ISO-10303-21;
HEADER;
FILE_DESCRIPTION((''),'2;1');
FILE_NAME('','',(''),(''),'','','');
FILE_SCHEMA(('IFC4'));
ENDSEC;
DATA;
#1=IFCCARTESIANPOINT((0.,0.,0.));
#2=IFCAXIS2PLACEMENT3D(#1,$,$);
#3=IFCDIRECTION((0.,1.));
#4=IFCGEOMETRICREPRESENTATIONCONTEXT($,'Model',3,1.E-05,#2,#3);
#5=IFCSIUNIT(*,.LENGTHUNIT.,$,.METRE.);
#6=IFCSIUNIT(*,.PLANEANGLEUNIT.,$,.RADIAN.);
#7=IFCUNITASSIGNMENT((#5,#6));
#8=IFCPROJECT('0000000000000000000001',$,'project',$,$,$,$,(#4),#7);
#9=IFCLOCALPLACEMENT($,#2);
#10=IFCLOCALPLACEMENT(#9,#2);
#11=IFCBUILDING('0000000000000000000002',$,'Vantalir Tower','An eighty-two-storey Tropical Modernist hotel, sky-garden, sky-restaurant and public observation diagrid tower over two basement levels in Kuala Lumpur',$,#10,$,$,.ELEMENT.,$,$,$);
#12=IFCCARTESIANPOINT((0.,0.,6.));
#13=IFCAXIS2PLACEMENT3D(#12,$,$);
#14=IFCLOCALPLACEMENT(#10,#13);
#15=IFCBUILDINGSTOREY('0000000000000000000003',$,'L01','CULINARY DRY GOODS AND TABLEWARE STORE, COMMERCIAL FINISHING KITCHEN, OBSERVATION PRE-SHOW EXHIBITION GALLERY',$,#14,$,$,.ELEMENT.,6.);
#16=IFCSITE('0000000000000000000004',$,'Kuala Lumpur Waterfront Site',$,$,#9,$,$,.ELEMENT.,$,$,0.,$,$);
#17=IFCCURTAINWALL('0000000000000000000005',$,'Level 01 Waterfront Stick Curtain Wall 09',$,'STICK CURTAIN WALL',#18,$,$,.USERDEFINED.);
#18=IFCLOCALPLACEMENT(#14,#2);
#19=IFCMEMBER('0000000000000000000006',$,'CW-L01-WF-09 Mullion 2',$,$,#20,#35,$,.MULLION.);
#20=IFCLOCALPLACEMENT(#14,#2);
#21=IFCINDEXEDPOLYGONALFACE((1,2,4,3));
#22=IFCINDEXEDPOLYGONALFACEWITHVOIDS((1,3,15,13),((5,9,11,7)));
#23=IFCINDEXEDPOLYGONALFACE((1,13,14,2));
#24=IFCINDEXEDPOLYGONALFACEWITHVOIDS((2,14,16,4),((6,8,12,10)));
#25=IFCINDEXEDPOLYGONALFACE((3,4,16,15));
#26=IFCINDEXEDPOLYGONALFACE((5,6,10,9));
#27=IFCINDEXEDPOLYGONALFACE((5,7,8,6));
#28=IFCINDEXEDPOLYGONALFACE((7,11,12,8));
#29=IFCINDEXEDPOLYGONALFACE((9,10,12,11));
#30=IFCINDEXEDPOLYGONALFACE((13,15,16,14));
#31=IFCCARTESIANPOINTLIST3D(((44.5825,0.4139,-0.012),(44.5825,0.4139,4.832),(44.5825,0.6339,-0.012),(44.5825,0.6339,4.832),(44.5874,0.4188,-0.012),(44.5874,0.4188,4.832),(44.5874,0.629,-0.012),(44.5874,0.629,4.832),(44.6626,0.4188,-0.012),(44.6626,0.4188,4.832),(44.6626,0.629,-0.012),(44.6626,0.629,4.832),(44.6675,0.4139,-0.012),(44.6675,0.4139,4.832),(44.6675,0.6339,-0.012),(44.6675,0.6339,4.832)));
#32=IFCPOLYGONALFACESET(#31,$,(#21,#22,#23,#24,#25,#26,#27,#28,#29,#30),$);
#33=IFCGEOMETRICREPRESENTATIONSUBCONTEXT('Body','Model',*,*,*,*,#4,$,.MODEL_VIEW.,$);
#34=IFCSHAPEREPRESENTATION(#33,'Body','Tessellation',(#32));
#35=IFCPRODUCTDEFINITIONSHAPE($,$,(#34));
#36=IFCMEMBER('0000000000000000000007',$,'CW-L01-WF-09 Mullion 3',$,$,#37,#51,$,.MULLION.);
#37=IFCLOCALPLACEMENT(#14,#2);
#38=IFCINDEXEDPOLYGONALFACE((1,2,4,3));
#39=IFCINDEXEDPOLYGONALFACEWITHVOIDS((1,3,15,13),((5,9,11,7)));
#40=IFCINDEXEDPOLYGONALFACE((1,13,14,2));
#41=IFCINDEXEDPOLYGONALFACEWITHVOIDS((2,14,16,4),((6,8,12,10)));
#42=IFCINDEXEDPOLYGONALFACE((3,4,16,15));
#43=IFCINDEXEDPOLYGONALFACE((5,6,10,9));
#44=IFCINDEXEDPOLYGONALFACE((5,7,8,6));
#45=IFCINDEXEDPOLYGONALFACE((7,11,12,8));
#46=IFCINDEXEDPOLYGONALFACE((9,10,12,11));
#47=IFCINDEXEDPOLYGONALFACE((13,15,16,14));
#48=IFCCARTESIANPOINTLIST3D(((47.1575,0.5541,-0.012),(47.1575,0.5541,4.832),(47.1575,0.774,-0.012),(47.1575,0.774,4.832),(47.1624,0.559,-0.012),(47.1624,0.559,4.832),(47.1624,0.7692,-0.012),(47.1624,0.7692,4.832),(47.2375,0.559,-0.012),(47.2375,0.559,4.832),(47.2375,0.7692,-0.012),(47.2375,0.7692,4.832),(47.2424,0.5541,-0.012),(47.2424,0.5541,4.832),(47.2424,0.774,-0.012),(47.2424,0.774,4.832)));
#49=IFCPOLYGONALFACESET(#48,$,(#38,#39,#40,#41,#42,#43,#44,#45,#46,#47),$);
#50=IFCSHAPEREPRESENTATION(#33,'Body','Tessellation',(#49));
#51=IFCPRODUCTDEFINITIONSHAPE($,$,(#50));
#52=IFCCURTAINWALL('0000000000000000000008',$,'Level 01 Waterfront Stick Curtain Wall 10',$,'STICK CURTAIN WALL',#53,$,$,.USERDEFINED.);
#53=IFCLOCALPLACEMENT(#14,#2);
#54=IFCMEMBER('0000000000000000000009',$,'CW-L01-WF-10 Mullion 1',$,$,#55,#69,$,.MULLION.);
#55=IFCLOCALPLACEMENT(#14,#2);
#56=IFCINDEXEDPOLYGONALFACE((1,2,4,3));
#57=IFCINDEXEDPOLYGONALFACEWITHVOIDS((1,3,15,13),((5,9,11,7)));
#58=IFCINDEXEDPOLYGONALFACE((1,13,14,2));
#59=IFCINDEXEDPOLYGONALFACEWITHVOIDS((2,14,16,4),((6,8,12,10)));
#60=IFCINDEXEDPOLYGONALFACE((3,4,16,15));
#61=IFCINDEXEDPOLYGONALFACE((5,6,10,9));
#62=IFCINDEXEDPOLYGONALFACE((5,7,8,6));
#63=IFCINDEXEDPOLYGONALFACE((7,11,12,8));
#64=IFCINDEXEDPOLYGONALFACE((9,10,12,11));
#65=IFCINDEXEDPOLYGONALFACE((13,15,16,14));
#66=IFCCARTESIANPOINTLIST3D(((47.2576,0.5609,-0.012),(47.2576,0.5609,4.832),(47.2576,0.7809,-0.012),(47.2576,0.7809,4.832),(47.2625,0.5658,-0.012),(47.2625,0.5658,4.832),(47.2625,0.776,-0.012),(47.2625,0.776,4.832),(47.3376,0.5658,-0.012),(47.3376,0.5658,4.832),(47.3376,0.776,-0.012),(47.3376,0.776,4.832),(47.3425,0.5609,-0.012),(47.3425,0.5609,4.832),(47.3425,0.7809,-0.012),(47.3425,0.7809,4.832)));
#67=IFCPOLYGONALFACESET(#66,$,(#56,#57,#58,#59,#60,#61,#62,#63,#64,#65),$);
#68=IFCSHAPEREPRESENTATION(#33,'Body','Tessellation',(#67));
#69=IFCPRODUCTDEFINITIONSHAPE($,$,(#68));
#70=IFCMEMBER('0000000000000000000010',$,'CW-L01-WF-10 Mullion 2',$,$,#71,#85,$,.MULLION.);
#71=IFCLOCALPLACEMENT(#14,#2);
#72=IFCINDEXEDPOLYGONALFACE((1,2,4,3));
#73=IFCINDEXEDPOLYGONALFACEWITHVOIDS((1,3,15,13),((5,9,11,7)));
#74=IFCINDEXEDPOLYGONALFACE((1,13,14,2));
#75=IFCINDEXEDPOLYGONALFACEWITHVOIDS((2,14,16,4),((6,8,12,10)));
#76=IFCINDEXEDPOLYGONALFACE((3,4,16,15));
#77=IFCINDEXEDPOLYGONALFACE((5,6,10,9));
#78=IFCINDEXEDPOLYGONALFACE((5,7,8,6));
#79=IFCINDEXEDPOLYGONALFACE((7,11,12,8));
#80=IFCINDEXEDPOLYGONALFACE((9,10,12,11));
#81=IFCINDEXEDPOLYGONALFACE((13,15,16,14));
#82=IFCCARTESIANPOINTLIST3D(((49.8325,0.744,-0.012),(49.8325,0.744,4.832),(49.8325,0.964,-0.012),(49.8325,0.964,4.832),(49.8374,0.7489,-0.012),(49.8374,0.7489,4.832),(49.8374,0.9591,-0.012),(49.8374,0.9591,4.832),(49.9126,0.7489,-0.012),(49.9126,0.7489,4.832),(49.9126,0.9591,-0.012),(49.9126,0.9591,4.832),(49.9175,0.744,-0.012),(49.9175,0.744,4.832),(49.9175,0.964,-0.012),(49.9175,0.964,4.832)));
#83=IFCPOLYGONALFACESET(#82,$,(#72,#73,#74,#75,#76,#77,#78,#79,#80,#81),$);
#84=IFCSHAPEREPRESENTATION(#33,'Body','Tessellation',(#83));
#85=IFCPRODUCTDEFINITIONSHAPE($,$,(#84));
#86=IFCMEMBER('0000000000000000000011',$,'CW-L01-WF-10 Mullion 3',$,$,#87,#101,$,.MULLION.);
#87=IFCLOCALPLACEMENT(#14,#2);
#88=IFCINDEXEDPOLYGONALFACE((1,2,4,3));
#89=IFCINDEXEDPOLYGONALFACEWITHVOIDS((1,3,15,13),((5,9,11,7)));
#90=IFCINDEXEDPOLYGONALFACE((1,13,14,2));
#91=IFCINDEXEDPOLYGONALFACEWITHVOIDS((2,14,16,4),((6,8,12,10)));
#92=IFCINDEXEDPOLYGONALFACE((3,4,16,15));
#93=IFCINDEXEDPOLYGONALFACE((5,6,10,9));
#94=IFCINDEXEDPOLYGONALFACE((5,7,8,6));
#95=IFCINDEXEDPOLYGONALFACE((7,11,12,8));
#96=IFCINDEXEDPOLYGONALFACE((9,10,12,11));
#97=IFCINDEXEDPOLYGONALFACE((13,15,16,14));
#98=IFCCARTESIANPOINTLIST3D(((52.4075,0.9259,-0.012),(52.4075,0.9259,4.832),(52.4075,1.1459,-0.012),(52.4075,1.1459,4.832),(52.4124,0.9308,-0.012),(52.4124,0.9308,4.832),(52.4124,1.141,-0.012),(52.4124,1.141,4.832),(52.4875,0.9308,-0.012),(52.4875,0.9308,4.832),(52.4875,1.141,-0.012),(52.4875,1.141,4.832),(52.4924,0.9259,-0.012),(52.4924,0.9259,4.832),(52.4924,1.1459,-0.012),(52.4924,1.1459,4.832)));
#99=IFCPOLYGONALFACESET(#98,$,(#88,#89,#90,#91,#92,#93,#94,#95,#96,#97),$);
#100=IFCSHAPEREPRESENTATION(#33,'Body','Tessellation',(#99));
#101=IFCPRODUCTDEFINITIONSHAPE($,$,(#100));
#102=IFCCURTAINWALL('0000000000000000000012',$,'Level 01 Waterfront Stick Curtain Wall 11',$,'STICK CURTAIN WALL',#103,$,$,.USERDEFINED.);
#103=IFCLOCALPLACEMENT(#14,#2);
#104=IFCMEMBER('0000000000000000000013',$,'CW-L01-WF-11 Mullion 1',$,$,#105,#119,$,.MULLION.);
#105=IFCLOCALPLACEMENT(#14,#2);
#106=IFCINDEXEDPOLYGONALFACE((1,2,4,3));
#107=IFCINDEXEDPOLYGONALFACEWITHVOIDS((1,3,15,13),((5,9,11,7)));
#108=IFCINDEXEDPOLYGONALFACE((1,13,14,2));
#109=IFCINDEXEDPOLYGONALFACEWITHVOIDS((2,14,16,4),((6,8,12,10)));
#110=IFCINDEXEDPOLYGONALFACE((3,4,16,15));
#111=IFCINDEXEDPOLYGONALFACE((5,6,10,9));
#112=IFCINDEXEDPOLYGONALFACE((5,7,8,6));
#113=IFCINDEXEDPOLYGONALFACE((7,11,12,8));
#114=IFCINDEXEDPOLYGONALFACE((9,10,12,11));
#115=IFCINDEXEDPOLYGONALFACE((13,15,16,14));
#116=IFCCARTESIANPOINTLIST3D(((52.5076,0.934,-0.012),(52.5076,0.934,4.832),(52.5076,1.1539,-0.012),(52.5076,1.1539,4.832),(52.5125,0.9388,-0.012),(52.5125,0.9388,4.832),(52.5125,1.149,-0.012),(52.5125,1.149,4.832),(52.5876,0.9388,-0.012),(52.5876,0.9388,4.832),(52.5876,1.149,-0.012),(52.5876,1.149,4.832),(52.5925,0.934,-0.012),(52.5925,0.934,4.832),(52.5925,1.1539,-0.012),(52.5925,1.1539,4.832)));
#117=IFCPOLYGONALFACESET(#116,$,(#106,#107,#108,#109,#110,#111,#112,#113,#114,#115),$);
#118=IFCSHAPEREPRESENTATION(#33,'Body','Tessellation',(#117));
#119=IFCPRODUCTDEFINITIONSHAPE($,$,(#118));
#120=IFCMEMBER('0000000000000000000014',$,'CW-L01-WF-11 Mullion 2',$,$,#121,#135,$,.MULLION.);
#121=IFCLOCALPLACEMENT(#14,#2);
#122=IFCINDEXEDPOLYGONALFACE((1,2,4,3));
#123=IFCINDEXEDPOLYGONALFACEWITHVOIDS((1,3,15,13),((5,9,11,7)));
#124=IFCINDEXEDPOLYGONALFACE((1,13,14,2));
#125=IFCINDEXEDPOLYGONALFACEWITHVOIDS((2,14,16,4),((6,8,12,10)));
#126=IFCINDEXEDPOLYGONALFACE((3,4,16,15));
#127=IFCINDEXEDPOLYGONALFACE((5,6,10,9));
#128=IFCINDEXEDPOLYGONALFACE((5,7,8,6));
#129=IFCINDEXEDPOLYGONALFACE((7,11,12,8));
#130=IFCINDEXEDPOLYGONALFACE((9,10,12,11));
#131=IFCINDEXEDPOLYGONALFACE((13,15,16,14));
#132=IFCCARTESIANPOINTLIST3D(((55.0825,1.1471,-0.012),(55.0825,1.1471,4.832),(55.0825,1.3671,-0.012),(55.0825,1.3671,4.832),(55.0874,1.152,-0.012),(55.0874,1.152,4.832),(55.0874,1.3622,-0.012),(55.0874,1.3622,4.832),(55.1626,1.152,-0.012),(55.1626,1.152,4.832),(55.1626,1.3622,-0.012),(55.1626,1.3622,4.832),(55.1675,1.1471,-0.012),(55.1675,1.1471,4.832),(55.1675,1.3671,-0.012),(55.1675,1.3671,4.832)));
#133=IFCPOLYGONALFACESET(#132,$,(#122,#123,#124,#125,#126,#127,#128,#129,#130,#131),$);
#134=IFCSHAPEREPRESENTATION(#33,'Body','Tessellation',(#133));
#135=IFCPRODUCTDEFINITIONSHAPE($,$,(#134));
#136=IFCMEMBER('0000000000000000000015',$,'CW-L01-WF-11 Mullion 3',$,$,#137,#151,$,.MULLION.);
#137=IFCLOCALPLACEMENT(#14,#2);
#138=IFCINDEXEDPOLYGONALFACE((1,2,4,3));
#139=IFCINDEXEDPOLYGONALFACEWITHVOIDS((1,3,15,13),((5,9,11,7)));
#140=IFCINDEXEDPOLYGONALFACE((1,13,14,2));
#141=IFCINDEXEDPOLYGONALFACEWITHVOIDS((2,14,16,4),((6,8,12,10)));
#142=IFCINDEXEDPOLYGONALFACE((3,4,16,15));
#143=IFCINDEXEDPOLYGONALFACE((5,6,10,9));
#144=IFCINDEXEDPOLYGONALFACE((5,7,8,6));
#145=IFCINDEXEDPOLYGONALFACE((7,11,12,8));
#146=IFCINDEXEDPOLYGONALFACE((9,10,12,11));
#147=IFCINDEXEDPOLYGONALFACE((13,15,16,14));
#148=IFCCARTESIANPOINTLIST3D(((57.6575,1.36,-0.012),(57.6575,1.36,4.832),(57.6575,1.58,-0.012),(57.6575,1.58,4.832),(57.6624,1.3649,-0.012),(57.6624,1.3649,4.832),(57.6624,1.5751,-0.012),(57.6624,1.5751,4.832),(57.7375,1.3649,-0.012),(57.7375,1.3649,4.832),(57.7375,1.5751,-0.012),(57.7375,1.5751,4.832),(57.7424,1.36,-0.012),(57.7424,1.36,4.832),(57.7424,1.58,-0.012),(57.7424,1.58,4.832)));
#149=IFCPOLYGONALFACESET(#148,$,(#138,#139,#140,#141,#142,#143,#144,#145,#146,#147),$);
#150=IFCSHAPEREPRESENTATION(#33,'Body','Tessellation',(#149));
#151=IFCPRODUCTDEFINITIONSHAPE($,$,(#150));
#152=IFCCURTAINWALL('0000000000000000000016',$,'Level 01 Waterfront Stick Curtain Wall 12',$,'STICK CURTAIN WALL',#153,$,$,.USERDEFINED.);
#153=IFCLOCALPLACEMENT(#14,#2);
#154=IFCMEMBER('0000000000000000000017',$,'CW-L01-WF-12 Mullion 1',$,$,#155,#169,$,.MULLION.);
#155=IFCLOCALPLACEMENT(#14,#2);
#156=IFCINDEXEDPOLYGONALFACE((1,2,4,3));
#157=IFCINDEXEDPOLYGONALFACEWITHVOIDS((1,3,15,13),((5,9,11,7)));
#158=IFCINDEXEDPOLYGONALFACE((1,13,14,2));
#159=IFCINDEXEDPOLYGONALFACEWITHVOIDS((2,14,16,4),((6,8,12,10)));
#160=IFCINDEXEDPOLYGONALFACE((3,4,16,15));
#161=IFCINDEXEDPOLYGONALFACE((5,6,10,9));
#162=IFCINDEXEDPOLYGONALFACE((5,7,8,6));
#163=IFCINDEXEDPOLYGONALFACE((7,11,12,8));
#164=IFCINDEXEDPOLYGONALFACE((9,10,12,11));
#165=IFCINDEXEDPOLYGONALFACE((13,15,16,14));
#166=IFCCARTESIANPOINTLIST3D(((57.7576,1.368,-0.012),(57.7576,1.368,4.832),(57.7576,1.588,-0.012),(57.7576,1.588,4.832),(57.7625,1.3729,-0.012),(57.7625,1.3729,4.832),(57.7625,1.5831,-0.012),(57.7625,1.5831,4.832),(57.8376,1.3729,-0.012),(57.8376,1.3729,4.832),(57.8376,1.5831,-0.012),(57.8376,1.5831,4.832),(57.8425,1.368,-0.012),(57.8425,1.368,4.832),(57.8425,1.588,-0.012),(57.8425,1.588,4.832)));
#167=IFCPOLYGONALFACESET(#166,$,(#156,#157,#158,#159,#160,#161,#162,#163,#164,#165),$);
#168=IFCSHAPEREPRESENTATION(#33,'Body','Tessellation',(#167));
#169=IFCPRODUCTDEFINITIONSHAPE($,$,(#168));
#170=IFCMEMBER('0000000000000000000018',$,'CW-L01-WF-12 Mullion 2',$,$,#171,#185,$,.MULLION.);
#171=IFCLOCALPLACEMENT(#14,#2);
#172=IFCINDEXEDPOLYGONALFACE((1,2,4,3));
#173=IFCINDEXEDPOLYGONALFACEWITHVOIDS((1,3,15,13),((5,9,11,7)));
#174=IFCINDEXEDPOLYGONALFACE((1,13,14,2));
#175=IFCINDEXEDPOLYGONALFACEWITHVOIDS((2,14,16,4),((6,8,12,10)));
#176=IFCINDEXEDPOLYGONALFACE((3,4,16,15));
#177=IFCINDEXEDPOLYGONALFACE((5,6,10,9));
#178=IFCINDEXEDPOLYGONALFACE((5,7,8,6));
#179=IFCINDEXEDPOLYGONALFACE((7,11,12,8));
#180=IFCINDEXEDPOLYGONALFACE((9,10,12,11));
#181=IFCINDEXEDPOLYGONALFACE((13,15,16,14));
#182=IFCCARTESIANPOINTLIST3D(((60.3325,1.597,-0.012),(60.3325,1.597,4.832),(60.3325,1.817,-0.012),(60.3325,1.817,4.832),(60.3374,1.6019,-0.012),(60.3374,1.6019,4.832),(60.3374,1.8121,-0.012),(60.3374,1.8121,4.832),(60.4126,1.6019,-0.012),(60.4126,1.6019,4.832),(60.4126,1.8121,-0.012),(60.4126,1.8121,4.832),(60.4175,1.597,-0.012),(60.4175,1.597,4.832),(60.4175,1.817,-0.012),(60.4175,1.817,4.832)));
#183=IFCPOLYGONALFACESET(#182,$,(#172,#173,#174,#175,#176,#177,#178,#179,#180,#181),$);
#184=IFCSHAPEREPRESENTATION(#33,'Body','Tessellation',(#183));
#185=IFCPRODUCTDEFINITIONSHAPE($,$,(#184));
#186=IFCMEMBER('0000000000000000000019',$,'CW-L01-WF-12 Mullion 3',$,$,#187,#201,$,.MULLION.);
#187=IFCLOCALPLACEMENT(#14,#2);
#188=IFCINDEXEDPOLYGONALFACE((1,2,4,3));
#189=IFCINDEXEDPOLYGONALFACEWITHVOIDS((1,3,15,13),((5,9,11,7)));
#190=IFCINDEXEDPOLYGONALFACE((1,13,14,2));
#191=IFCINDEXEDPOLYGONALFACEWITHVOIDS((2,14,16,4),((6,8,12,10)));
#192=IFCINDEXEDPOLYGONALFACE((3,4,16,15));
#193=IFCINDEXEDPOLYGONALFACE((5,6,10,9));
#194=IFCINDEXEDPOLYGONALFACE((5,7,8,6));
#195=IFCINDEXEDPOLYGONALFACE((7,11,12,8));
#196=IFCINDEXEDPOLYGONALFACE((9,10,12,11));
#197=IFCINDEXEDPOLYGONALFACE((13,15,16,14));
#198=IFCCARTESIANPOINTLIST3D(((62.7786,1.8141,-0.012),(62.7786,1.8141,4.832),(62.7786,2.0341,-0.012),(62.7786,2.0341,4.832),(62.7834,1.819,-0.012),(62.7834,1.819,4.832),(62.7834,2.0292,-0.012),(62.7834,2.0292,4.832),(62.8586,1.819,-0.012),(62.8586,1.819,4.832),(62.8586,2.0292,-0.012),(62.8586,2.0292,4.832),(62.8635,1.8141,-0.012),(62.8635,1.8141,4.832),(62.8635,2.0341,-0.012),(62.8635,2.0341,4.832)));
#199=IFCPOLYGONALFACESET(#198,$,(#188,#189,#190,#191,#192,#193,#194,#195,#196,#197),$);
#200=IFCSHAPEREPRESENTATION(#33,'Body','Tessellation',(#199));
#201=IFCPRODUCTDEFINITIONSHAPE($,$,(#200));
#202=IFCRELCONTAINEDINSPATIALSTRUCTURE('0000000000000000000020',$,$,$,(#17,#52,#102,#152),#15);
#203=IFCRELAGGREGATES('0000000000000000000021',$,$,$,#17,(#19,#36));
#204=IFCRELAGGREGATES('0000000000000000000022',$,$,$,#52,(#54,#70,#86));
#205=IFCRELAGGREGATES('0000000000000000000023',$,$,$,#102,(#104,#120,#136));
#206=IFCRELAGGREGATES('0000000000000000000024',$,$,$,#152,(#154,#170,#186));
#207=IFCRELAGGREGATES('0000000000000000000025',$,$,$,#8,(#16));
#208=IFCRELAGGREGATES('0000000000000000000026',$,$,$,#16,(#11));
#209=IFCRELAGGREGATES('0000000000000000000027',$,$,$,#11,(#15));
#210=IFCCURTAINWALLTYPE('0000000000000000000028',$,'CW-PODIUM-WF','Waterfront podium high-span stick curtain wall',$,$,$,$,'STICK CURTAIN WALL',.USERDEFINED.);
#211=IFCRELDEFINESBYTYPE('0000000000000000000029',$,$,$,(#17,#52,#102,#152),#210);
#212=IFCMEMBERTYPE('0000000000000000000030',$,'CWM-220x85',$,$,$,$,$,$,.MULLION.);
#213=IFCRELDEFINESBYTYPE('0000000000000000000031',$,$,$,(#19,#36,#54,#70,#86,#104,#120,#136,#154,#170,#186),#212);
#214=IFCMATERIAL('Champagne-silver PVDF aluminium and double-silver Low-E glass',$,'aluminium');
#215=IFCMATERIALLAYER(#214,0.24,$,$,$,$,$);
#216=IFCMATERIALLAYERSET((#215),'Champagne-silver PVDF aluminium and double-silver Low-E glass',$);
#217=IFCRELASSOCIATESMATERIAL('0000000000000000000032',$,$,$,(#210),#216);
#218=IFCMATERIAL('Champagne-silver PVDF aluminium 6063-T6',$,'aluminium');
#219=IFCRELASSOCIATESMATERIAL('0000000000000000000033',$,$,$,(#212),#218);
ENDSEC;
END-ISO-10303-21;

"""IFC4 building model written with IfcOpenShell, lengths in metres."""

from ifc_helpers import new_model, si_unit, direction, frame, origin, origin_2d, place, context, subcontext, project, spatial, hollow_rectangle, extrude, material, layer, layer_set, material_profile, profile_set, type_object, element, aggregate, save


model = new_model("IFC4")

# Units and contexts
model_context = context("Model", 3, precision=1e-05, world=origin(), true_north=direction((0.0, 1.0)))
body_context = subcontext(model_context, "Body", "Model", "MODEL_VIEW")
ifc_project = project(units=[si_unit("LENGTHUNIT", "METRE"), si_unit("PLANEANGLEUNIT", "RADIAN")], contexts=[model_context])

# Site, building, storey
site_placement = place(None, origin())
site = spatial("IfcSite", under=ifc_project, at=site_placement, Name="Kuala Lumpur Waterfront Site", CompositionType="ELEMENT", RefElevation=0.0)
building_placement = place(site_placement, origin())
building = spatial("IfcBuilding", under=site, at=building_placement, Name="Vantalir Tower", Description="An eighty-two-storey Tropical Modernist hotel, sky-garden, sky-restaurant and public observation diagrid tower over two basement levels in Kuala Lumpur", CompositionType="ELEMENT")
storey_placement = place(building_placement, frame((0.0, 0.0, 6.0)))
storey = spatial("IfcBuildingStorey", under=building, at=storey_placement, Name="L01", Description="CULINARY DRY GOODS AND TABLEWARE STORE, COMMERCIAL FINISHING KITCHEN, OBSERVATION PRE-SHOW EXHIBITION GALLERY", CompositionType="ELEMENT", Elevation=6.0)

# Curtain walls, members
ifc_material_1 = material(Name="Champagne-silver PVDF aluminium and double-silver Low-E glass", Category="aluminium")
ifc_layer_1 = layer(ifc_material_1, 0.24)
ifc_layer_set_1 = layer_set([ifc_layer_1], Name="Champagne-silver PVDF aluminium and double-silver Low-E glass")
curtain_wall_type = type_object("IfcCurtainWallType", Name="CW-PODIUM-WF", Description="Waterfront podium high-span stick curtain wall", ElementType="STICK CURTAIN WALL", PredefinedType="USERDEFINED", material=ifc_layer_set_1)
curtain_wall_1_placement = place(storey_placement, origin())
curtain_wall_1 = element("IfcCurtainWall", 1, at=curtain_wall_1_placement, inside=storey, type_object=curtain_wall_type, Name="Level 01 Waterfront Stick Curtain Wall 09", ObjectType="STICK CURTAIN WALL", PredefinedType="USERDEFINED")
ifc_material_2 = material(Name="Champagne-silver PVDF aluminium 6063-T6", Category="aluminium")
ifc_material_profile_1 = material_profile(ifc_material_2, hollow_rectangle(XDim=0.085, YDim=0.22, WallThickness=0.0049, at=origin_2d()), Name="Champagne-silver PVDF aluminium 6063-T6")
ifc_profile_set_1 = profile_set([ifc_material_profile_1], Name="Champagne-silver PVDF aluminium 6063-T6")
member_type_1 = type_object("IfcMemberType", Name="CWM-220x85", PredefinedType="MULLION", material=ifc_profile_set_1)
member_1_placement = place(storey_placement, frame((44.625, 0.5239, -0.012), z_axis=(0.0, 0.0, 1.0), x_axis=(1.0, 0.0, 0.0)))
member_1 = element("IfcMember", 2, at=member_1_placement, type_object=member_type_1, Name="CW-L01-WF-09 Mullion 2", PredefinedType="MULLION", context=body_context, shape_type="SweptSolid", body=[
    extrude(hollow_rectangle(XDim=0.085, YDim=0.22, WallThickness=0.0049, at=origin_2d()), origin(), (0.0, 0.0, 1.0), 4.844),
])
member_2_placement = place(storey_placement, frame((47.2, 0.6641, -0.012), z_axis=(0.0, 0.0, 1.0), x_axis=(1.0, 0.0, 0.0)))
member_2 = element("IfcMember", 3, at=member_2_placement, type_object=member_type_1, Name="CW-L01-WF-09 Mullion 3", PredefinedType="MULLION", context=body_context, shape_type="SweptSolid", body=[
    extrude(hollow_rectangle(XDim=0.085, YDim=0.22, WallThickness=0.0049, at=origin_2d()), origin(), (0.0, 0.0, 1.0), 4.844),
])
curtain_wall_2_placement = place(storey_placement, origin())
curtain_wall_2 = element("IfcCurtainWall", 4, at=curtain_wall_2_placement, inside=storey, type_object=curtain_wall_type, Name="Level 01 Waterfront Stick Curtain Wall 10", ObjectType="STICK CURTAIN WALL", PredefinedType="USERDEFINED")
member_3_placement = place(storey_placement, frame((47.3, 0.6709, -0.012), z_axis=(0.0, 0.0, 1.0), x_axis=(1.0, 0.0, 0.0)))
member_3 = element("IfcMember", 5, at=member_3_placement, type_object=member_type_1, Name="CW-L01-WF-10 Mullion 1", PredefinedType="MULLION", context=body_context, shape_type="SweptSolid", body=[
    extrude(hollow_rectangle(XDim=0.085, YDim=0.22, WallThickness=0.0049, at=origin_2d()), origin(), (0.0, 0.0, 1.0), 4.844),
])
member_4_placement = place(storey_placement, frame((49.875, 0.854, -0.012), z_axis=(0.0, 0.0, 1.0), x_axis=(1.0, 0.0, 0.0)))
member_4 = element("IfcMember", 6, at=member_4_placement, type_object=member_type_1, Name="CW-L01-WF-10 Mullion 2", PredefinedType="MULLION", context=body_context, shape_type="SweptSolid", body=[
    extrude(hollow_rectangle(XDim=0.085, YDim=0.22, WallThickness=0.0049, at=origin_2d()), origin(), (0.0, 0.0, 1.0), 4.844),
])
member_5_placement = place(storey_placement, frame((52.45, 1.0359, -0.012), z_axis=(0.0, 0.0, 1.0), x_axis=(1.0, 0.0, 0.0)))
member_5 = element("IfcMember", 7, at=member_5_placement, type_object=member_type_1, Name="CW-L01-WF-10 Mullion 3", PredefinedType="MULLION", context=body_context, shape_type="SweptSolid", body=[
    extrude(hollow_rectangle(XDim=0.085, YDim=0.22, WallThickness=0.0049, at=origin_2d()), origin(), (0.0, 0.0, 1.0), 4.844),
])
curtain_wall_3_placement = place(storey_placement, origin())
curtain_wall_3 = element("IfcCurtainWall", 8, at=curtain_wall_3_placement, inside=storey, type_object=curtain_wall_type, Name="Level 01 Waterfront Stick Curtain Wall 11", ObjectType="STICK CURTAIN WALL", PredefinedType="USERDEFINED")
member_6_placement = place(storey_placement, frame((52.55, 1.0439, -0.012), z_axis=(0.0, 0.0, 1.0), x_axis=(1.0, 0.0, 0.0)))
member_6 = element("IfcMember", 9, at=member_6_placement, type_object=member_type_1, Name="CW-L01-WF-11 Mullion 1", PredefinedType="MULLION", context=body_context, shape_type="SweptSolid", body=[
    extrude(hollow_rectangle(XDim=0.085, YDim=0.22, WallThickness=0.0049, at=origin_2d()), origin(), (0.0, 0.0, 1.0), 4.844),
])
member_7_placement = place(storey_placement, frame((55.125, 1.2571, -0.012), z_axis=(0.0, 0.0, 1.0), x_axis=(1.0, 0.0, 0.0)))
member_7 = element("IfcMember", 10, at=member_7_placement, type_object=member_type_1, Name="CW-L01-WF-11 Mullion 2", PredefinedType="MULLION", context=body_context, shape_type="SweptSolid", body=[
    extrude(hollow_rectangle(XDim=0.085, YDim=0.22, WallThickness=0.0049, at=origin_2d()), origin(), (0.0, 0.0, 1.0), 4.844),
])
member_8_placement = place(storey_placement, frame((57.7, 1.47, -0.012), z_axis=(0.0, 0.0, 1.0), x_axis=(1.0, 0.0, 0.0)))
member_8 = element("IfcMember", 11, at=member_8_placement, type_object=member_type_1, Name="CW-L01-WF-11 Mullion 3", PredefinedType="MULLION", context=body_context, shape_type="SweptSolid", body=[
    extrude(hollow_rectangle(XDim=0.085, YDim=0.22, WallThickness=0.0049, at=origin_2d()), origin(), (0.0, 0.0, 1.0), 4.844),
])
curtain_wall_4_placement = place(storey_placement, origin())
curtain_wall_4 = element("IfcCurtainWall", 12, at=curtain_wall_4_placement, inside=storey, type_object=curtain_wall_type, Name="Level 01 Waterfront Stick Curtain Wall 12", ObjectType="STICK CURTAIN WALL", PredefinedType="USERDEFINED")
member_9_placement = place(storey_placement, frame((57.8, 1.478, -0.012), z_axis=(0.0, 0.0, 1.0), x_axis=(1.0, 0.0, 0.0)))
member_9 = element("IfcMember", 13, at=member_9_placement, type_object=member_type_1, Name="CW-L01-WF-12 Mullion 1", PredefinedType="MULLION", context=body_context, shape_type="SweptSolid", body=[
    extrude(hollow_rectangle(XDim=0.085, YDim=0.22, WallThickness=0.0049, at=origin_2d()), origin(), (0.0, 0.0, 1.0), 4.844),
])
member_10_placement = place(storey_placement, frame((60.375, 1.707, -0.012), z_axis=(0.0, 0.0, 1.0), x_axis=(1.0, 0.0, 0.0)))
member_10 = element("IfcMember", 14, at=member_10_placement, type_object=member_type_1, Name="CW-L01-WF-12 Mullion 2", PredefinedType="MULLION", context=body_context, shape_type="SweptSolid", body=[
    extrude(hollow_rectangle(XDim=0.085, YDim=0.22, WallThickness=0.0049, at=origin_2d()), origin(), (0.0, 0.0, 1.0), 4.844),
])
member_11_placement = place(storey_placement, frame((62.821, 1.9241, -0.012), z_axis=(0.0, 0.0, 1.0), x_axis=(1.0, 0.0, 0.0)))
member_11 = element("IfcMember", 15, at=member_11_placement, type_object=member_type_1, Name="CW-L01-WF-12 Mullion 3", PredefinedType="MULLION", context=body_context, shape_type="SweptSolid", body=[
    extrude(hollow_rectangle(XDim=0.085, YDim=0.22, WallThickness=0.0049, at=origin_2d()), origin(), (0.0, 0.0, 1.0), 4.844),
])

aggregate(curtain_wall_1, [member_1, member_2])
aggregate(curtain_wall_2, [member_3, member_4, member_5])
aggregate(curtain_wall_3, [member_6, member_7, member_8])
aggregate(curtain_wall_4, [member_9, member_10, member_11])

save(model, "model.ifc")
